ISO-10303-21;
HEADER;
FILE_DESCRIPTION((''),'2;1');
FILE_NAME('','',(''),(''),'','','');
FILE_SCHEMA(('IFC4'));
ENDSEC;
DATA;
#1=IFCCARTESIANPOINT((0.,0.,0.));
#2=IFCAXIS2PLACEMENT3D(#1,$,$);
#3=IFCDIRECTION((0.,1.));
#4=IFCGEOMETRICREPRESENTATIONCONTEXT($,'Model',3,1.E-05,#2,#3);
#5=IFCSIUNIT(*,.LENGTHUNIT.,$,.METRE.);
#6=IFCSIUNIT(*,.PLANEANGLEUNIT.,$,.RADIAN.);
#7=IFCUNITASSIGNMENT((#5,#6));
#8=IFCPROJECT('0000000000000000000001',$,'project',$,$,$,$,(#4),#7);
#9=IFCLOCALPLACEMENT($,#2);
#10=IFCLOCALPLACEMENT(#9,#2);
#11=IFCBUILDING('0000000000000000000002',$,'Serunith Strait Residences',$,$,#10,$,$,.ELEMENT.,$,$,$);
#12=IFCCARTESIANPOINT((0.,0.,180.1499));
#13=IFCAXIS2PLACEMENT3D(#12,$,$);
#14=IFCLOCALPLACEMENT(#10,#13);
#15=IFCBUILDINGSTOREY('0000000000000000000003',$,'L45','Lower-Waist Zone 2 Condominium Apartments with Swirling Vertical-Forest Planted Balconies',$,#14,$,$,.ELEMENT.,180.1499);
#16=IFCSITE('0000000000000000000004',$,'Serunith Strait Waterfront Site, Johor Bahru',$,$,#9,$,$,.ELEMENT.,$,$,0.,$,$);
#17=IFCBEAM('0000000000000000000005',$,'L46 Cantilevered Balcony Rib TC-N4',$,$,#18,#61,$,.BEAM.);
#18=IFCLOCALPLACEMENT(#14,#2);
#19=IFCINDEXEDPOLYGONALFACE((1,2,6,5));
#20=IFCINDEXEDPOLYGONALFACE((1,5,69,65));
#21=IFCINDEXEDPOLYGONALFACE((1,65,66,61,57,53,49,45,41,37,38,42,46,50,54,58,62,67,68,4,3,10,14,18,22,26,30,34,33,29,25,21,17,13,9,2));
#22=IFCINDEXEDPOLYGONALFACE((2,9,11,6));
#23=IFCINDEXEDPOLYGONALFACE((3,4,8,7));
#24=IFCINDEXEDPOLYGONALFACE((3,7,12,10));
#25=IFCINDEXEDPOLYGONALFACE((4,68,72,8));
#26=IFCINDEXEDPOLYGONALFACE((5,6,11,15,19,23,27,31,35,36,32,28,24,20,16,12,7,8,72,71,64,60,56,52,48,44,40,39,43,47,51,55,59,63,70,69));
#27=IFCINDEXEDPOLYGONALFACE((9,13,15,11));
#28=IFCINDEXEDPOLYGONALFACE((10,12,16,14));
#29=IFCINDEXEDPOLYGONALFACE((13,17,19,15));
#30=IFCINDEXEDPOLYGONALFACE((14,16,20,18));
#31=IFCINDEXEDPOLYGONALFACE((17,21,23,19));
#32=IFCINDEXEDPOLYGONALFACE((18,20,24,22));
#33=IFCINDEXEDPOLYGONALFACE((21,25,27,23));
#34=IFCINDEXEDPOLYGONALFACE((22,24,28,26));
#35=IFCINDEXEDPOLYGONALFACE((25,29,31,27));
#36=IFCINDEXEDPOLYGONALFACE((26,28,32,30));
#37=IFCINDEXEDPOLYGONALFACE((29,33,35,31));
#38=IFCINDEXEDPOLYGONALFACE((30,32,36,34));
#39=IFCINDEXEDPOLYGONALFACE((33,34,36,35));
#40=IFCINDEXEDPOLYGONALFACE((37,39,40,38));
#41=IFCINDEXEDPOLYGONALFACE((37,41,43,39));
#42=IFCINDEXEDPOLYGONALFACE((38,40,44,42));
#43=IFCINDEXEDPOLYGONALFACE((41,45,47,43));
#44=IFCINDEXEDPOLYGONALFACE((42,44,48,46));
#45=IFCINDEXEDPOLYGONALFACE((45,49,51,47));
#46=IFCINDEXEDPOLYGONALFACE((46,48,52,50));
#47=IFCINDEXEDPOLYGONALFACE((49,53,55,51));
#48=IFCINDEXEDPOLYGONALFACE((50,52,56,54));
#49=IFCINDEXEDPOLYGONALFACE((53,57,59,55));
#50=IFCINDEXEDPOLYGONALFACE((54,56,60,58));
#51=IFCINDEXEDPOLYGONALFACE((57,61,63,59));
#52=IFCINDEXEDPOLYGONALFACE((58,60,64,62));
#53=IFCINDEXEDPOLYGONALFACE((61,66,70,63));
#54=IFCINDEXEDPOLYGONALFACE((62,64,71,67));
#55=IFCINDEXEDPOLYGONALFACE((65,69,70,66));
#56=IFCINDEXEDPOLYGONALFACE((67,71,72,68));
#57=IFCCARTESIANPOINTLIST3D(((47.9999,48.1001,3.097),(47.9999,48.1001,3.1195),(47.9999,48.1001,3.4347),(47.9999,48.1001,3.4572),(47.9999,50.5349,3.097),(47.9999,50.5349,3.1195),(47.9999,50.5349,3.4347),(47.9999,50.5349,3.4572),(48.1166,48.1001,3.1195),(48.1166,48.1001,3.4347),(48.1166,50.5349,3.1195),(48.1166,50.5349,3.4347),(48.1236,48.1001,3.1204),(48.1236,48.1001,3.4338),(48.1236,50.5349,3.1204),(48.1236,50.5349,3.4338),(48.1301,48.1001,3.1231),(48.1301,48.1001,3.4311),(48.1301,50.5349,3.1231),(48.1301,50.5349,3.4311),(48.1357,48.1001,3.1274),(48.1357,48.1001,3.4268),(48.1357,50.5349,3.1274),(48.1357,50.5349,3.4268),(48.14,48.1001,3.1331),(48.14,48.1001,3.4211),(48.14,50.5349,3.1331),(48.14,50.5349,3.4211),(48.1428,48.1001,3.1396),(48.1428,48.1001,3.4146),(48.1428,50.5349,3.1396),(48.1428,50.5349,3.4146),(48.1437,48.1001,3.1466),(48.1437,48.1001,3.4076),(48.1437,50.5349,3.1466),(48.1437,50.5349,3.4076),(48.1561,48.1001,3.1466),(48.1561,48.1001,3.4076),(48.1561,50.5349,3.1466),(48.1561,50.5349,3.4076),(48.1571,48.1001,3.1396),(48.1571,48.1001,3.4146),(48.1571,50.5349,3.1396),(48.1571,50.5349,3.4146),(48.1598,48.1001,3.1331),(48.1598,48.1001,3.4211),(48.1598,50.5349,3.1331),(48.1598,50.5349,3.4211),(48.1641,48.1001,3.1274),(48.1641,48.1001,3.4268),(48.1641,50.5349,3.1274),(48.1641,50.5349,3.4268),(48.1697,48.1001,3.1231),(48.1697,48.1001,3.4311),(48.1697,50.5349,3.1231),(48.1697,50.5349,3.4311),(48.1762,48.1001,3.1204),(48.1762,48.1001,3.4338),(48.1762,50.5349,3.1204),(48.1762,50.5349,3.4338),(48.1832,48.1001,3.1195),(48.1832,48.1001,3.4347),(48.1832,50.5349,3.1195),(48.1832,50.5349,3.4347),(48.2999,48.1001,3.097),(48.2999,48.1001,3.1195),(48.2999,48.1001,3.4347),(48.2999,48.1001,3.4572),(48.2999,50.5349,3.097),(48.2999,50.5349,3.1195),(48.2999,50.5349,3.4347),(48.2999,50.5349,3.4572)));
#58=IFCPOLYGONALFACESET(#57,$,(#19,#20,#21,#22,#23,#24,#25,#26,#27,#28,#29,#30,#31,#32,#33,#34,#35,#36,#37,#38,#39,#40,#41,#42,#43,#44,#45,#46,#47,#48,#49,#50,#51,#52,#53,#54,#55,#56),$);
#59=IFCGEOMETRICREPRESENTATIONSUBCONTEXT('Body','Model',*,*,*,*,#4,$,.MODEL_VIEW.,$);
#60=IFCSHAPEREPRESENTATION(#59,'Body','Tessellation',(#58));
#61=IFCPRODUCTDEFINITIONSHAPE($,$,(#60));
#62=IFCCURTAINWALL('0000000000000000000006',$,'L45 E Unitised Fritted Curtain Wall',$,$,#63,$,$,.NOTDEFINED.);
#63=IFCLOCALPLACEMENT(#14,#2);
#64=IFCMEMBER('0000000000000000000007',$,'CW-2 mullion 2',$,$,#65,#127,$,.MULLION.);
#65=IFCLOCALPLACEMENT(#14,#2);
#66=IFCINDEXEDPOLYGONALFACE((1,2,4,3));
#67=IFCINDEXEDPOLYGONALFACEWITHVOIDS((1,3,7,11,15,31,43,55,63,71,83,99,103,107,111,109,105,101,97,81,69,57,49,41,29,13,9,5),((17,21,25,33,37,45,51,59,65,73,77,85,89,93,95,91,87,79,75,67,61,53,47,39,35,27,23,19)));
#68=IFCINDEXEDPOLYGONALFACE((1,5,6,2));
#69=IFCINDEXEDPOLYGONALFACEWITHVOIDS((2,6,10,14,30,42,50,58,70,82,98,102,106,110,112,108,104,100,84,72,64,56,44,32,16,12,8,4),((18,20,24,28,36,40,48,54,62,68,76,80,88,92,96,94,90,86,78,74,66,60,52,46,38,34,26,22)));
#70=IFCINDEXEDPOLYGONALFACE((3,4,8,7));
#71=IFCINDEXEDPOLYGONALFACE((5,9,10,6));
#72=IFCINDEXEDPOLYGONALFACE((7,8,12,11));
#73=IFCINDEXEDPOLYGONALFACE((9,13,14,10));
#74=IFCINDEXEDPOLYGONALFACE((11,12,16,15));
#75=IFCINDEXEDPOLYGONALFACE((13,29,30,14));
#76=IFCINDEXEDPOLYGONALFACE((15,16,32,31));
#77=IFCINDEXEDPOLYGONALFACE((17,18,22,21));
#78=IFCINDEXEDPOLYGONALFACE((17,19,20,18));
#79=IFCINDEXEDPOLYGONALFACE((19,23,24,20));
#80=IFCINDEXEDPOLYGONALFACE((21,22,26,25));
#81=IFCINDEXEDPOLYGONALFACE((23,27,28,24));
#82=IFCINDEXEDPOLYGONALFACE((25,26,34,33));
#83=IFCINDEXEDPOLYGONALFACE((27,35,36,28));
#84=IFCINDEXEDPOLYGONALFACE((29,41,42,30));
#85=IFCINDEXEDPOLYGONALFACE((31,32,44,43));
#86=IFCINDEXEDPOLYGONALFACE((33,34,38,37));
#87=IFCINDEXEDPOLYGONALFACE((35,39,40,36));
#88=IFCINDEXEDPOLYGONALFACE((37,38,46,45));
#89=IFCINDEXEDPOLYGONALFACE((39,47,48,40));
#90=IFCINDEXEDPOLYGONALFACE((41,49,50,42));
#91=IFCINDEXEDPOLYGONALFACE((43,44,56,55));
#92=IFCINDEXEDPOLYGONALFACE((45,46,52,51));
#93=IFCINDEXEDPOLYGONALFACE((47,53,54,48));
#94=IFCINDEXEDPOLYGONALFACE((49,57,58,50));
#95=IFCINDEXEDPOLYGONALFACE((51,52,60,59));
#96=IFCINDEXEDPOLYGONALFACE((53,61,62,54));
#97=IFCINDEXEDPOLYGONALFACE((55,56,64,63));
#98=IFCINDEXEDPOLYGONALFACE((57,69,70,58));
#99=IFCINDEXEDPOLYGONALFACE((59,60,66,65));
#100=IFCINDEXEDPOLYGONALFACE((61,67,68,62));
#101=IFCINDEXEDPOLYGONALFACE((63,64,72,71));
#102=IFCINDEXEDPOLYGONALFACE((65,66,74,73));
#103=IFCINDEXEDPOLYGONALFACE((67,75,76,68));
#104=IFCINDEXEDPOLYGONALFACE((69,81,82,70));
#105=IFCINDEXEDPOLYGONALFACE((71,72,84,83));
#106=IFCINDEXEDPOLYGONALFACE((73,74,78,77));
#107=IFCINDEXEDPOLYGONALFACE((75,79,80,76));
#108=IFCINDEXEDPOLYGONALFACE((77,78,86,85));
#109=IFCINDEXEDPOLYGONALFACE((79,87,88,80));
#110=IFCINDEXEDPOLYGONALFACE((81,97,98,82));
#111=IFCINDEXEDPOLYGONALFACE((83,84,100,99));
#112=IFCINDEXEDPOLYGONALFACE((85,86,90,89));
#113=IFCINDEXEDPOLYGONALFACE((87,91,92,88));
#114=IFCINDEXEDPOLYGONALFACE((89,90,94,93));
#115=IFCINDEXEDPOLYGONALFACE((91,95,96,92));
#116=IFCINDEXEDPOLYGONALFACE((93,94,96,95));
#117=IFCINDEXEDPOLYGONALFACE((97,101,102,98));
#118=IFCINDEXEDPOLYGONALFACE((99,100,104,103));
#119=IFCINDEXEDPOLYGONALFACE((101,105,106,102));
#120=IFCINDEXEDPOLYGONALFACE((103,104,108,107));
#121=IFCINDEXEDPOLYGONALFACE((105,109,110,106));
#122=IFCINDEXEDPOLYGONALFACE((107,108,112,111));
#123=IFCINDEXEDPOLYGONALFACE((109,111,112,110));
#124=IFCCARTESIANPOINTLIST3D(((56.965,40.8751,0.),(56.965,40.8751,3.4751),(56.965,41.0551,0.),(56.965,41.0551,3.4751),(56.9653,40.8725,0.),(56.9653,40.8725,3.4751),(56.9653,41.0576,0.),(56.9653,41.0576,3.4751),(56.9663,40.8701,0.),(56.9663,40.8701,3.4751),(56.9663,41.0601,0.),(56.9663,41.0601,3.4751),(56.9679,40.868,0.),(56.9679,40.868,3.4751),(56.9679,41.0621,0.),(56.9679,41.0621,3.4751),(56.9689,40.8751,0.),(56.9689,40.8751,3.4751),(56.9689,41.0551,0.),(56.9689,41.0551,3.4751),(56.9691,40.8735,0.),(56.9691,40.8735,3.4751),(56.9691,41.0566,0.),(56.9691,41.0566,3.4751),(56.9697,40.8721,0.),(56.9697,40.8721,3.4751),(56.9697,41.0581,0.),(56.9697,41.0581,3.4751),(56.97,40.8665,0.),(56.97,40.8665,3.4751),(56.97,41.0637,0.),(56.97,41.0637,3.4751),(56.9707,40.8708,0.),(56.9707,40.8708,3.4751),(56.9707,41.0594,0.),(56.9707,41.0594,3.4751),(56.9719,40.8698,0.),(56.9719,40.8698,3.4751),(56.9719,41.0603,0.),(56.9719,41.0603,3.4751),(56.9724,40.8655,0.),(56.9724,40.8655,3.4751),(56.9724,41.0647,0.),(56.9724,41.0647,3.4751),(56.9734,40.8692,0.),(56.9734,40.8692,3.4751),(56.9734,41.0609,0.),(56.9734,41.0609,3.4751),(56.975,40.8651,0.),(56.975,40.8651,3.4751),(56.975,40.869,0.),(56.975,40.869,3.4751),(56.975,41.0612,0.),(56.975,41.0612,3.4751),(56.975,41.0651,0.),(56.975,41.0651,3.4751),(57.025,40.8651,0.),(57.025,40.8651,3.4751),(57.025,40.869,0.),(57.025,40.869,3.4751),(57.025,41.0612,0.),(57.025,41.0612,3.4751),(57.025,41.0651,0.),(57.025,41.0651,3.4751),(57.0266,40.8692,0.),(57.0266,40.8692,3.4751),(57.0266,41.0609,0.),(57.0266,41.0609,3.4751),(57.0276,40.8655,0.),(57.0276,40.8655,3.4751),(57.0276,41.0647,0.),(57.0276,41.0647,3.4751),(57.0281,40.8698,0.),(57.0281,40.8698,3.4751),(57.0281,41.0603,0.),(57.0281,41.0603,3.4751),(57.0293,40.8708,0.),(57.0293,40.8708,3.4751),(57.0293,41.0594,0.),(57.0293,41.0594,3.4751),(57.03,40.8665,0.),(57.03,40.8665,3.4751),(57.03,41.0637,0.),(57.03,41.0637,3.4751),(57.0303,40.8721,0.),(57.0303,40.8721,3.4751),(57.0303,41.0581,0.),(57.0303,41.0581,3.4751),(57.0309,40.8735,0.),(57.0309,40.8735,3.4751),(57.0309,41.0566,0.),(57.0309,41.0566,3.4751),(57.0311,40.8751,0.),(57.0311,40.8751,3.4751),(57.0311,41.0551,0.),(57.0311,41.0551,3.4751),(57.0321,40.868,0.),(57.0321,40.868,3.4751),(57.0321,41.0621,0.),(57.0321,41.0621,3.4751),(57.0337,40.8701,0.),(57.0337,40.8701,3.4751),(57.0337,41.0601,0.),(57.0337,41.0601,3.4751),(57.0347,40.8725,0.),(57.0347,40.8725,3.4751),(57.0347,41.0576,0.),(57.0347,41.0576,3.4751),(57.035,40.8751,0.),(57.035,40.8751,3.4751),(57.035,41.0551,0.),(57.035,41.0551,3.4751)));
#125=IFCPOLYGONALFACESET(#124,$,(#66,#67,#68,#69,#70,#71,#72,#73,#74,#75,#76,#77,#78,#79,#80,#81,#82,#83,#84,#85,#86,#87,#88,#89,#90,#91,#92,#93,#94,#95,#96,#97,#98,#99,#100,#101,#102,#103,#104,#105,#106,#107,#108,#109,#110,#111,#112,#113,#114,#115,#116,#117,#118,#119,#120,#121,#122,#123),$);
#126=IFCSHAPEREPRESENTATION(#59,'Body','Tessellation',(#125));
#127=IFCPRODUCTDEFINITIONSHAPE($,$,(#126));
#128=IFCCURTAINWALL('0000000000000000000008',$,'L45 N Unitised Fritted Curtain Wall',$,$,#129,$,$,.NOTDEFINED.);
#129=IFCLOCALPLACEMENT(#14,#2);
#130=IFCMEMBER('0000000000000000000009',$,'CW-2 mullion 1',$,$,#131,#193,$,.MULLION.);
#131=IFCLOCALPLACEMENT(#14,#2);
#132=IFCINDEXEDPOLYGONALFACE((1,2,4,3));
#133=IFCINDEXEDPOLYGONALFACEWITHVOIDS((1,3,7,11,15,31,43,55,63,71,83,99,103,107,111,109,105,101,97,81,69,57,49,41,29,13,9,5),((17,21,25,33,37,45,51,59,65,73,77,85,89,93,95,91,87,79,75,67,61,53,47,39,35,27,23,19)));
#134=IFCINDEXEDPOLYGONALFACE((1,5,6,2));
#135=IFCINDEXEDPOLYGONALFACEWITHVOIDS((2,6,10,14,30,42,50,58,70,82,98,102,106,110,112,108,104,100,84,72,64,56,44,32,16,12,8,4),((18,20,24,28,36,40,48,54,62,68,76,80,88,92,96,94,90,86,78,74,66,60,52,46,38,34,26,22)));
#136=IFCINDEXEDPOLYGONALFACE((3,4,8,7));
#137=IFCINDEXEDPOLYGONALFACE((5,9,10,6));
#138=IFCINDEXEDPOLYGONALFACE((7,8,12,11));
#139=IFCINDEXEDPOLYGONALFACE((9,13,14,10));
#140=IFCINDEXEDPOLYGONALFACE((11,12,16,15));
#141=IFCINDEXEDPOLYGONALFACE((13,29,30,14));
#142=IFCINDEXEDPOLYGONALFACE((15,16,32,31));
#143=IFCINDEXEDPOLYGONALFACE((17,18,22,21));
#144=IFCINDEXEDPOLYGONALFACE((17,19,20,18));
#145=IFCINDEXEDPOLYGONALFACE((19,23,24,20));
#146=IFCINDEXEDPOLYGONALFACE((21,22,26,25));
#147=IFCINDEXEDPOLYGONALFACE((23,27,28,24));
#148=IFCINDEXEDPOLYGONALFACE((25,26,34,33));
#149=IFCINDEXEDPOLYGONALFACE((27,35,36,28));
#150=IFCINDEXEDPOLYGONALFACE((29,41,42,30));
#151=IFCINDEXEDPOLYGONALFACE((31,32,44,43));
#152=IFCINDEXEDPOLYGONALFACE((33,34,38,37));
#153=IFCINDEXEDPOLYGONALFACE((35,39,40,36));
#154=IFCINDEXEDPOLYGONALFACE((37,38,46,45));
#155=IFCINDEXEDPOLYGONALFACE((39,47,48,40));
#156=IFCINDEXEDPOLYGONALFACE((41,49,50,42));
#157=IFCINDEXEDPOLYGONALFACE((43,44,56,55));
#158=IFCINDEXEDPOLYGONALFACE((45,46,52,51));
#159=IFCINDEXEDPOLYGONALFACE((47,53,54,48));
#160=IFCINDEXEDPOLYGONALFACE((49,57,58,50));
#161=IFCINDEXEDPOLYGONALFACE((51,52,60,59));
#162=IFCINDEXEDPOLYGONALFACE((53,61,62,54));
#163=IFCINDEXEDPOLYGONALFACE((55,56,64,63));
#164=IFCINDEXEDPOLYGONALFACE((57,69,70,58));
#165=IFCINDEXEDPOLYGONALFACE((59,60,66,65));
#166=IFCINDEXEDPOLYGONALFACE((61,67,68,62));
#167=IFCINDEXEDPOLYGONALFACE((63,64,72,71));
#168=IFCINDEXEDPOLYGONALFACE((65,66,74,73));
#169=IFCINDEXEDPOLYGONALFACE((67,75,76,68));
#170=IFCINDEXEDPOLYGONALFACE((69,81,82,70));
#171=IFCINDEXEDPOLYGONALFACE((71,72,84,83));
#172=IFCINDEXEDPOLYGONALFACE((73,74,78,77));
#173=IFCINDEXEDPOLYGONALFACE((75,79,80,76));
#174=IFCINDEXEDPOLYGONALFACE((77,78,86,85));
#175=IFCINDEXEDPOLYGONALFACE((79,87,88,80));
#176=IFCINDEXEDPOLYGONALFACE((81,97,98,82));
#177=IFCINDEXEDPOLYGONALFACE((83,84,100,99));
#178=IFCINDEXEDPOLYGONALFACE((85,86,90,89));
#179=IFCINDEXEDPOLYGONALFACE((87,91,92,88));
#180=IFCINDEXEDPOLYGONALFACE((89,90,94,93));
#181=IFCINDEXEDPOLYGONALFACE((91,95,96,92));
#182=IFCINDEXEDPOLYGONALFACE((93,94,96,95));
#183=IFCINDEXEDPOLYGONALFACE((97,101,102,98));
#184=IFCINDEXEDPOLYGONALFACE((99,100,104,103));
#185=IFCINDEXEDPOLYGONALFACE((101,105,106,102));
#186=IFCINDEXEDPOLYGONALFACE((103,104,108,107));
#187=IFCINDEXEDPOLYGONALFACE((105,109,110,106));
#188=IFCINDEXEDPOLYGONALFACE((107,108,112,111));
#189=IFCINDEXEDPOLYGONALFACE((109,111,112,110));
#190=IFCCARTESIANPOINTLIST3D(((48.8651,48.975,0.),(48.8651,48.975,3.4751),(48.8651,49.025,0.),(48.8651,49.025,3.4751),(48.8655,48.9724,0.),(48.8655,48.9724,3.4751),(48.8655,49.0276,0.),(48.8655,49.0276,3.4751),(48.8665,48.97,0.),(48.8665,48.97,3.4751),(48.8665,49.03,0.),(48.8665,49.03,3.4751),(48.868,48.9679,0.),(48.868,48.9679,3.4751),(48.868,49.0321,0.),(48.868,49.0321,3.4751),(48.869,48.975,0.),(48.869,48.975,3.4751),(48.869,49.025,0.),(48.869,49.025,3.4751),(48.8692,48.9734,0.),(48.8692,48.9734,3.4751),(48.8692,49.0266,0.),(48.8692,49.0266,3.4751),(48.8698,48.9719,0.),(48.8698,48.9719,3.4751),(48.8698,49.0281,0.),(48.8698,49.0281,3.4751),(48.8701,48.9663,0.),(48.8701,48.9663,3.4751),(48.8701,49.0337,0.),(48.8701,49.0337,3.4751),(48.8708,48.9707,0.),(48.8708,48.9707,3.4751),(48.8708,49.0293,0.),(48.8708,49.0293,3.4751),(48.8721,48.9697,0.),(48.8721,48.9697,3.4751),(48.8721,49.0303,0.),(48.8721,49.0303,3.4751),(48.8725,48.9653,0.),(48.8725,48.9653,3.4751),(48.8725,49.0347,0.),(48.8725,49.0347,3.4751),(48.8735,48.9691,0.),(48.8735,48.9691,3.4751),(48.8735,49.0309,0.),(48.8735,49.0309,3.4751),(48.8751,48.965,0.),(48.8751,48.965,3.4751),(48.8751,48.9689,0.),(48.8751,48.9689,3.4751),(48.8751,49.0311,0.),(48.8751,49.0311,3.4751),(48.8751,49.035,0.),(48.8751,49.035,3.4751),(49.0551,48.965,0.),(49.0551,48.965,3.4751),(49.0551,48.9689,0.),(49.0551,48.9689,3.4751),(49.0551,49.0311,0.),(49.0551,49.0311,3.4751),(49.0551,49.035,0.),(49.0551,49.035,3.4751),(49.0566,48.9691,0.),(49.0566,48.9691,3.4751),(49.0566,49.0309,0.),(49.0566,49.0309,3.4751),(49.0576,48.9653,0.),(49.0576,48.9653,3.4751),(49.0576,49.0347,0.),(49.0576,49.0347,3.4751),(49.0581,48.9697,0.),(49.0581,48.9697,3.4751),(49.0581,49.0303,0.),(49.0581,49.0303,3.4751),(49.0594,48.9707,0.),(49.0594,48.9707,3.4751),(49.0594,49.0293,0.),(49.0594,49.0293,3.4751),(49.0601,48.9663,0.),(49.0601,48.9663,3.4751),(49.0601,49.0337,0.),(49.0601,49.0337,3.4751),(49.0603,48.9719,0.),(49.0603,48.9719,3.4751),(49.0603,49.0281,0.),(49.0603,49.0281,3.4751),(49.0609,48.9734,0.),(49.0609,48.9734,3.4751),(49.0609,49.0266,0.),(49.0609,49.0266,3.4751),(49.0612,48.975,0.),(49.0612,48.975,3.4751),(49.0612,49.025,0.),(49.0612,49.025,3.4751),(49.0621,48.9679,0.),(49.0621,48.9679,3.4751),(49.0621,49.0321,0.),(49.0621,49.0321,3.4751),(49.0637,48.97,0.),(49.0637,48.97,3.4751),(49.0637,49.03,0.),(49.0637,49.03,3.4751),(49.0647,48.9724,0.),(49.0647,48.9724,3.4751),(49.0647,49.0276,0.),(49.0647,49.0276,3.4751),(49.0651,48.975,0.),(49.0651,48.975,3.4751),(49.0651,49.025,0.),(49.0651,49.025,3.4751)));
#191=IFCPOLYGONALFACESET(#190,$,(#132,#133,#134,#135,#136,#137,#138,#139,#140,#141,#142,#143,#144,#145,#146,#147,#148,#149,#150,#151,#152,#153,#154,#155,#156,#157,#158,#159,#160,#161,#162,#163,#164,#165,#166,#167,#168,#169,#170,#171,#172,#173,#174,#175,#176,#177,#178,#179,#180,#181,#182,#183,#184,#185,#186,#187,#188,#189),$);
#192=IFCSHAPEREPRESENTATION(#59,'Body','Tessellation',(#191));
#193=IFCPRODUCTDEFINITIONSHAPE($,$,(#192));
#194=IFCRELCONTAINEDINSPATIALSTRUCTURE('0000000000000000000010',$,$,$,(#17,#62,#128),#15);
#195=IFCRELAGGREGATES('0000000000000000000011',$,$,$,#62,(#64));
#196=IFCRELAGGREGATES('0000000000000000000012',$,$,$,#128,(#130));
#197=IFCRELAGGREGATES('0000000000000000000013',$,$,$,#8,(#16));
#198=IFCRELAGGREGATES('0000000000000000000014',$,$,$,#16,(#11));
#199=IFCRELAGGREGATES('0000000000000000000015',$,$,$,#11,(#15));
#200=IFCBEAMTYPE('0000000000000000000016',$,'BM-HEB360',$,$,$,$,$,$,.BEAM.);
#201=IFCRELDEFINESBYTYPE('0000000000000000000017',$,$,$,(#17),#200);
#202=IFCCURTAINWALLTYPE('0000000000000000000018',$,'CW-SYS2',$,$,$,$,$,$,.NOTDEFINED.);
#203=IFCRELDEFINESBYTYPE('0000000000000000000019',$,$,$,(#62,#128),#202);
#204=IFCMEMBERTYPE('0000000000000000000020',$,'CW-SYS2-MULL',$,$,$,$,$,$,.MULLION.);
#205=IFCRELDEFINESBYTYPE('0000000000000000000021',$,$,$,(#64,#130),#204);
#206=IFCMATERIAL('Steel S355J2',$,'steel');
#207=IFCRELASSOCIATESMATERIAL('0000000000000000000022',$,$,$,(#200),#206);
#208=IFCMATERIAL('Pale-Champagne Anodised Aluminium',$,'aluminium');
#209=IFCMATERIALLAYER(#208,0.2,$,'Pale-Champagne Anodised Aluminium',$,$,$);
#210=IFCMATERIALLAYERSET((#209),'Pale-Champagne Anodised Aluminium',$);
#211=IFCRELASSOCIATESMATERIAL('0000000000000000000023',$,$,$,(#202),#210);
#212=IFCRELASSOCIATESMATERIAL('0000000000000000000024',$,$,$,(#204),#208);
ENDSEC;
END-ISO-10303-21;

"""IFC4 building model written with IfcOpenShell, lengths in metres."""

from ifc_helpers import new_model, si_unit, direction, frame, origin, origin_2d, place, context, subcontext, project, spatial, hollow_rectangle, i_section, extrude, source, transform, mapped, material, layer, layer_set, material_profile, profile_set, type_object, element, aggregate, save


model = new_model("IFC4")

# Units and contexts
model_context = context("Model", 3, precision=1e-05, world=origin(), true_north=direction((0.0, 1.0)))
body_context = subcontext(model_context, "Body", "Model", "MODEL_VIEW")
ifc_project = project(units=[si_unit("LENGTHUNIT", "METRE"), si_unit("PLANEANGLEUNIT", "RADIAN")], contexts=[model_context])

# Site, building, storey
site_placement = place(None, origin())
site = spatial("IfcSite", under=ifc_project, at=site_placement, Name="Serunith Strait Waterfront Site, Johor Bahru", CompositionType="ELEMENT", RefElevation=0.0)
building_placement = place(site_placement, origin())
building = spatial("IfcBuilding", under=site, at=building_placement, Name="Serunith Strait Residences", CompositionType="ELEMENT")
storey_placement = place(building_placement, frame((0.0, 0.0, 180.1499)))
storey = spatial("IfcBuildingStorey", under=building, at=storey_placement, Name="L45", Description="Lower-Waist Zone 2 Condominium Apartments with Swirling Vertical-Forest Planted Balconies", CompositionType="ELEMENT", Elevation=180.1499)

# Beam
ifc_material_1 = material(Name="Steel S355J2", Category="steel")
ifc_material_profile_1 = material_profile(ifc_material_1, i_section(OverallWidth=0.3, OverallDepth=0.3601, WebThickness=0.0125, FlangeThickness=0.0225, FilletRadius=0.0271, at=origin_2d()), Name="HEB 360")
ifc_profile_set_1 = profile_set([ifc_material_profile_1], Name="Steel S355J2")
beam_type_1 = type_object("IfcBeamType", Name="BM-HEB360", PredefinedType="BEAM", material=ifc_profile_set_1)
shared_shape_1 = source(origin(), body_context, "Body", "SweptSolid", [
    extrude(i_section(OverallWidth=0.3, OverallDepth=0.3601, WebThickness=0.0125, FlangeThickness=0.0225, FilletRadius=0.0271, at=origin_2d()), origin(), (0.0, 0.0, 1.0), 2.4348),
])
beam_1_placement = place(storey_placement, frame((48.1499, 48.1001, 3.2771), z_axis=(0.0, 1.0, 0.0), x_axis=(-1.0, 0.0, 0.0)))
element("IfcBeam", 1, at=beam_1_placement, inside=storey, type_object=beam_type_1, Name="L46 Cantilevered Balcony Rib TC-N4", PredefinedType="BEAM", context=body_context, shape_type="MappedRepresentation", body=[
    mapped(shared_shape_1, transform((0.0, 0.0, 0.0), scale=1.0)),
])

# Curtain wall, member
ifc_material_2 = material(Name="Pale-Champagne Anodised Aluminium", Category="aluminium")
ifc_layer_1 = layer(ifc_material_2, 0.2, Name="Pale-Champagne Anodised Aluminium")
ifc_layer_set_1 = layer_set([ifc_layer_1], Name="Pale-Champagne Anodised Aluminium")
curtain_wall_type = type_object("IfcCurtainWallType", Name="CW-SYS2", PredefinedType="NOTDEFINED", material=ifc_layer_set_1)
curtain_wall_1_placement = place(storey_placement, origin())
curtain_wall_1 = element("IfcCurtainWall", 2, at=curtain_wall_1_placement, inside=storey, type_object=curtain_wall_type, Name="L45 E Unitised Fritted Curtain Wall", PredefinedType="NOTDEFINED")
ifc_material_profile_2 = material_profile(ifc_material_2, hollow_rectangle(XDim=0.0701, YDim=0.2, WallThickness=0.0039, InnerFilletRadius=0.0061, OuterFilletRadius=0.01, at=origin_2d()), Name="ALU 200x70x4")
ifc_profile_set_2 = profile_set([ifc_material_profile_2], Name="Pale-Champagne Anodised Aluminium")
member_type_1 = type_object("IfcMemberType", Name="CW-SYS2-MULL", PredefinedType="MULLION", material=ifc_profile_set_2)
shared_shape_2 = source(origin(), body_context, "Body", "SweptSolid", [
    extrude(hollow_rectangle(XDim=0.0701, YDim=0.2, WallThickness=0.0039, InnerFilletRadius=0.0061, OuterFilletRadius=0.01, at=origin_2d()), origin(), (0.0, 0.0, 1.0), 3.4751),
])
member_1_placement = place(storey_placement, frame((57.0, 40.9651, 0.0), z_axis=(0.0, 0.0, 1.0), x_axis=(-1.0, 0.0, 0.0)))
member_1 = element("IfcMember", 3, at=member_1_placement, type_object=member_type_1, Name="CW-2 mullion 2", PredefinedType="MULLION", context=body_context, shape_type="MappedRepresentation", body=[
    mapped(shared_shape_2, transform((0.0, 0.0, 0.0), scale=1.0)),
])
aggregate(curtain_wall_1, [member_1])

# Curtain wall, member
curtain_wall_2_placement = place(storey_placement, origin())
curtain_wall_2 = element("IfcCurtainWall", 4, at=curtain_wall_2_placement, inside=storey, type_object=curtain_wall_type, Name="L45 N Unitised Fritted Curtain Wall", PredefinedType="NOTDEFINED")
member_2_placement = place(storey_placement, frame((48.9651, 49.0, 0.0), z_axis=(0.0, 0.0, 1.0), x_axis=(0.0, -1.0, 0.0)))
member_2 = element("IfcMember", 5, at=member_2_placement, type_object=member_type_1, Name="CW-2 mullion 1", PredefinedType="MULLION", context=body_context, shape_type="MappedRepresentation", body=[
    mapped(shared_shape_2, transform((0.0, 0.0, 0.0), scale=1.0)),
])
aggregate(curtain_wall_2, [member_2])

save(model, "model.ifc")
